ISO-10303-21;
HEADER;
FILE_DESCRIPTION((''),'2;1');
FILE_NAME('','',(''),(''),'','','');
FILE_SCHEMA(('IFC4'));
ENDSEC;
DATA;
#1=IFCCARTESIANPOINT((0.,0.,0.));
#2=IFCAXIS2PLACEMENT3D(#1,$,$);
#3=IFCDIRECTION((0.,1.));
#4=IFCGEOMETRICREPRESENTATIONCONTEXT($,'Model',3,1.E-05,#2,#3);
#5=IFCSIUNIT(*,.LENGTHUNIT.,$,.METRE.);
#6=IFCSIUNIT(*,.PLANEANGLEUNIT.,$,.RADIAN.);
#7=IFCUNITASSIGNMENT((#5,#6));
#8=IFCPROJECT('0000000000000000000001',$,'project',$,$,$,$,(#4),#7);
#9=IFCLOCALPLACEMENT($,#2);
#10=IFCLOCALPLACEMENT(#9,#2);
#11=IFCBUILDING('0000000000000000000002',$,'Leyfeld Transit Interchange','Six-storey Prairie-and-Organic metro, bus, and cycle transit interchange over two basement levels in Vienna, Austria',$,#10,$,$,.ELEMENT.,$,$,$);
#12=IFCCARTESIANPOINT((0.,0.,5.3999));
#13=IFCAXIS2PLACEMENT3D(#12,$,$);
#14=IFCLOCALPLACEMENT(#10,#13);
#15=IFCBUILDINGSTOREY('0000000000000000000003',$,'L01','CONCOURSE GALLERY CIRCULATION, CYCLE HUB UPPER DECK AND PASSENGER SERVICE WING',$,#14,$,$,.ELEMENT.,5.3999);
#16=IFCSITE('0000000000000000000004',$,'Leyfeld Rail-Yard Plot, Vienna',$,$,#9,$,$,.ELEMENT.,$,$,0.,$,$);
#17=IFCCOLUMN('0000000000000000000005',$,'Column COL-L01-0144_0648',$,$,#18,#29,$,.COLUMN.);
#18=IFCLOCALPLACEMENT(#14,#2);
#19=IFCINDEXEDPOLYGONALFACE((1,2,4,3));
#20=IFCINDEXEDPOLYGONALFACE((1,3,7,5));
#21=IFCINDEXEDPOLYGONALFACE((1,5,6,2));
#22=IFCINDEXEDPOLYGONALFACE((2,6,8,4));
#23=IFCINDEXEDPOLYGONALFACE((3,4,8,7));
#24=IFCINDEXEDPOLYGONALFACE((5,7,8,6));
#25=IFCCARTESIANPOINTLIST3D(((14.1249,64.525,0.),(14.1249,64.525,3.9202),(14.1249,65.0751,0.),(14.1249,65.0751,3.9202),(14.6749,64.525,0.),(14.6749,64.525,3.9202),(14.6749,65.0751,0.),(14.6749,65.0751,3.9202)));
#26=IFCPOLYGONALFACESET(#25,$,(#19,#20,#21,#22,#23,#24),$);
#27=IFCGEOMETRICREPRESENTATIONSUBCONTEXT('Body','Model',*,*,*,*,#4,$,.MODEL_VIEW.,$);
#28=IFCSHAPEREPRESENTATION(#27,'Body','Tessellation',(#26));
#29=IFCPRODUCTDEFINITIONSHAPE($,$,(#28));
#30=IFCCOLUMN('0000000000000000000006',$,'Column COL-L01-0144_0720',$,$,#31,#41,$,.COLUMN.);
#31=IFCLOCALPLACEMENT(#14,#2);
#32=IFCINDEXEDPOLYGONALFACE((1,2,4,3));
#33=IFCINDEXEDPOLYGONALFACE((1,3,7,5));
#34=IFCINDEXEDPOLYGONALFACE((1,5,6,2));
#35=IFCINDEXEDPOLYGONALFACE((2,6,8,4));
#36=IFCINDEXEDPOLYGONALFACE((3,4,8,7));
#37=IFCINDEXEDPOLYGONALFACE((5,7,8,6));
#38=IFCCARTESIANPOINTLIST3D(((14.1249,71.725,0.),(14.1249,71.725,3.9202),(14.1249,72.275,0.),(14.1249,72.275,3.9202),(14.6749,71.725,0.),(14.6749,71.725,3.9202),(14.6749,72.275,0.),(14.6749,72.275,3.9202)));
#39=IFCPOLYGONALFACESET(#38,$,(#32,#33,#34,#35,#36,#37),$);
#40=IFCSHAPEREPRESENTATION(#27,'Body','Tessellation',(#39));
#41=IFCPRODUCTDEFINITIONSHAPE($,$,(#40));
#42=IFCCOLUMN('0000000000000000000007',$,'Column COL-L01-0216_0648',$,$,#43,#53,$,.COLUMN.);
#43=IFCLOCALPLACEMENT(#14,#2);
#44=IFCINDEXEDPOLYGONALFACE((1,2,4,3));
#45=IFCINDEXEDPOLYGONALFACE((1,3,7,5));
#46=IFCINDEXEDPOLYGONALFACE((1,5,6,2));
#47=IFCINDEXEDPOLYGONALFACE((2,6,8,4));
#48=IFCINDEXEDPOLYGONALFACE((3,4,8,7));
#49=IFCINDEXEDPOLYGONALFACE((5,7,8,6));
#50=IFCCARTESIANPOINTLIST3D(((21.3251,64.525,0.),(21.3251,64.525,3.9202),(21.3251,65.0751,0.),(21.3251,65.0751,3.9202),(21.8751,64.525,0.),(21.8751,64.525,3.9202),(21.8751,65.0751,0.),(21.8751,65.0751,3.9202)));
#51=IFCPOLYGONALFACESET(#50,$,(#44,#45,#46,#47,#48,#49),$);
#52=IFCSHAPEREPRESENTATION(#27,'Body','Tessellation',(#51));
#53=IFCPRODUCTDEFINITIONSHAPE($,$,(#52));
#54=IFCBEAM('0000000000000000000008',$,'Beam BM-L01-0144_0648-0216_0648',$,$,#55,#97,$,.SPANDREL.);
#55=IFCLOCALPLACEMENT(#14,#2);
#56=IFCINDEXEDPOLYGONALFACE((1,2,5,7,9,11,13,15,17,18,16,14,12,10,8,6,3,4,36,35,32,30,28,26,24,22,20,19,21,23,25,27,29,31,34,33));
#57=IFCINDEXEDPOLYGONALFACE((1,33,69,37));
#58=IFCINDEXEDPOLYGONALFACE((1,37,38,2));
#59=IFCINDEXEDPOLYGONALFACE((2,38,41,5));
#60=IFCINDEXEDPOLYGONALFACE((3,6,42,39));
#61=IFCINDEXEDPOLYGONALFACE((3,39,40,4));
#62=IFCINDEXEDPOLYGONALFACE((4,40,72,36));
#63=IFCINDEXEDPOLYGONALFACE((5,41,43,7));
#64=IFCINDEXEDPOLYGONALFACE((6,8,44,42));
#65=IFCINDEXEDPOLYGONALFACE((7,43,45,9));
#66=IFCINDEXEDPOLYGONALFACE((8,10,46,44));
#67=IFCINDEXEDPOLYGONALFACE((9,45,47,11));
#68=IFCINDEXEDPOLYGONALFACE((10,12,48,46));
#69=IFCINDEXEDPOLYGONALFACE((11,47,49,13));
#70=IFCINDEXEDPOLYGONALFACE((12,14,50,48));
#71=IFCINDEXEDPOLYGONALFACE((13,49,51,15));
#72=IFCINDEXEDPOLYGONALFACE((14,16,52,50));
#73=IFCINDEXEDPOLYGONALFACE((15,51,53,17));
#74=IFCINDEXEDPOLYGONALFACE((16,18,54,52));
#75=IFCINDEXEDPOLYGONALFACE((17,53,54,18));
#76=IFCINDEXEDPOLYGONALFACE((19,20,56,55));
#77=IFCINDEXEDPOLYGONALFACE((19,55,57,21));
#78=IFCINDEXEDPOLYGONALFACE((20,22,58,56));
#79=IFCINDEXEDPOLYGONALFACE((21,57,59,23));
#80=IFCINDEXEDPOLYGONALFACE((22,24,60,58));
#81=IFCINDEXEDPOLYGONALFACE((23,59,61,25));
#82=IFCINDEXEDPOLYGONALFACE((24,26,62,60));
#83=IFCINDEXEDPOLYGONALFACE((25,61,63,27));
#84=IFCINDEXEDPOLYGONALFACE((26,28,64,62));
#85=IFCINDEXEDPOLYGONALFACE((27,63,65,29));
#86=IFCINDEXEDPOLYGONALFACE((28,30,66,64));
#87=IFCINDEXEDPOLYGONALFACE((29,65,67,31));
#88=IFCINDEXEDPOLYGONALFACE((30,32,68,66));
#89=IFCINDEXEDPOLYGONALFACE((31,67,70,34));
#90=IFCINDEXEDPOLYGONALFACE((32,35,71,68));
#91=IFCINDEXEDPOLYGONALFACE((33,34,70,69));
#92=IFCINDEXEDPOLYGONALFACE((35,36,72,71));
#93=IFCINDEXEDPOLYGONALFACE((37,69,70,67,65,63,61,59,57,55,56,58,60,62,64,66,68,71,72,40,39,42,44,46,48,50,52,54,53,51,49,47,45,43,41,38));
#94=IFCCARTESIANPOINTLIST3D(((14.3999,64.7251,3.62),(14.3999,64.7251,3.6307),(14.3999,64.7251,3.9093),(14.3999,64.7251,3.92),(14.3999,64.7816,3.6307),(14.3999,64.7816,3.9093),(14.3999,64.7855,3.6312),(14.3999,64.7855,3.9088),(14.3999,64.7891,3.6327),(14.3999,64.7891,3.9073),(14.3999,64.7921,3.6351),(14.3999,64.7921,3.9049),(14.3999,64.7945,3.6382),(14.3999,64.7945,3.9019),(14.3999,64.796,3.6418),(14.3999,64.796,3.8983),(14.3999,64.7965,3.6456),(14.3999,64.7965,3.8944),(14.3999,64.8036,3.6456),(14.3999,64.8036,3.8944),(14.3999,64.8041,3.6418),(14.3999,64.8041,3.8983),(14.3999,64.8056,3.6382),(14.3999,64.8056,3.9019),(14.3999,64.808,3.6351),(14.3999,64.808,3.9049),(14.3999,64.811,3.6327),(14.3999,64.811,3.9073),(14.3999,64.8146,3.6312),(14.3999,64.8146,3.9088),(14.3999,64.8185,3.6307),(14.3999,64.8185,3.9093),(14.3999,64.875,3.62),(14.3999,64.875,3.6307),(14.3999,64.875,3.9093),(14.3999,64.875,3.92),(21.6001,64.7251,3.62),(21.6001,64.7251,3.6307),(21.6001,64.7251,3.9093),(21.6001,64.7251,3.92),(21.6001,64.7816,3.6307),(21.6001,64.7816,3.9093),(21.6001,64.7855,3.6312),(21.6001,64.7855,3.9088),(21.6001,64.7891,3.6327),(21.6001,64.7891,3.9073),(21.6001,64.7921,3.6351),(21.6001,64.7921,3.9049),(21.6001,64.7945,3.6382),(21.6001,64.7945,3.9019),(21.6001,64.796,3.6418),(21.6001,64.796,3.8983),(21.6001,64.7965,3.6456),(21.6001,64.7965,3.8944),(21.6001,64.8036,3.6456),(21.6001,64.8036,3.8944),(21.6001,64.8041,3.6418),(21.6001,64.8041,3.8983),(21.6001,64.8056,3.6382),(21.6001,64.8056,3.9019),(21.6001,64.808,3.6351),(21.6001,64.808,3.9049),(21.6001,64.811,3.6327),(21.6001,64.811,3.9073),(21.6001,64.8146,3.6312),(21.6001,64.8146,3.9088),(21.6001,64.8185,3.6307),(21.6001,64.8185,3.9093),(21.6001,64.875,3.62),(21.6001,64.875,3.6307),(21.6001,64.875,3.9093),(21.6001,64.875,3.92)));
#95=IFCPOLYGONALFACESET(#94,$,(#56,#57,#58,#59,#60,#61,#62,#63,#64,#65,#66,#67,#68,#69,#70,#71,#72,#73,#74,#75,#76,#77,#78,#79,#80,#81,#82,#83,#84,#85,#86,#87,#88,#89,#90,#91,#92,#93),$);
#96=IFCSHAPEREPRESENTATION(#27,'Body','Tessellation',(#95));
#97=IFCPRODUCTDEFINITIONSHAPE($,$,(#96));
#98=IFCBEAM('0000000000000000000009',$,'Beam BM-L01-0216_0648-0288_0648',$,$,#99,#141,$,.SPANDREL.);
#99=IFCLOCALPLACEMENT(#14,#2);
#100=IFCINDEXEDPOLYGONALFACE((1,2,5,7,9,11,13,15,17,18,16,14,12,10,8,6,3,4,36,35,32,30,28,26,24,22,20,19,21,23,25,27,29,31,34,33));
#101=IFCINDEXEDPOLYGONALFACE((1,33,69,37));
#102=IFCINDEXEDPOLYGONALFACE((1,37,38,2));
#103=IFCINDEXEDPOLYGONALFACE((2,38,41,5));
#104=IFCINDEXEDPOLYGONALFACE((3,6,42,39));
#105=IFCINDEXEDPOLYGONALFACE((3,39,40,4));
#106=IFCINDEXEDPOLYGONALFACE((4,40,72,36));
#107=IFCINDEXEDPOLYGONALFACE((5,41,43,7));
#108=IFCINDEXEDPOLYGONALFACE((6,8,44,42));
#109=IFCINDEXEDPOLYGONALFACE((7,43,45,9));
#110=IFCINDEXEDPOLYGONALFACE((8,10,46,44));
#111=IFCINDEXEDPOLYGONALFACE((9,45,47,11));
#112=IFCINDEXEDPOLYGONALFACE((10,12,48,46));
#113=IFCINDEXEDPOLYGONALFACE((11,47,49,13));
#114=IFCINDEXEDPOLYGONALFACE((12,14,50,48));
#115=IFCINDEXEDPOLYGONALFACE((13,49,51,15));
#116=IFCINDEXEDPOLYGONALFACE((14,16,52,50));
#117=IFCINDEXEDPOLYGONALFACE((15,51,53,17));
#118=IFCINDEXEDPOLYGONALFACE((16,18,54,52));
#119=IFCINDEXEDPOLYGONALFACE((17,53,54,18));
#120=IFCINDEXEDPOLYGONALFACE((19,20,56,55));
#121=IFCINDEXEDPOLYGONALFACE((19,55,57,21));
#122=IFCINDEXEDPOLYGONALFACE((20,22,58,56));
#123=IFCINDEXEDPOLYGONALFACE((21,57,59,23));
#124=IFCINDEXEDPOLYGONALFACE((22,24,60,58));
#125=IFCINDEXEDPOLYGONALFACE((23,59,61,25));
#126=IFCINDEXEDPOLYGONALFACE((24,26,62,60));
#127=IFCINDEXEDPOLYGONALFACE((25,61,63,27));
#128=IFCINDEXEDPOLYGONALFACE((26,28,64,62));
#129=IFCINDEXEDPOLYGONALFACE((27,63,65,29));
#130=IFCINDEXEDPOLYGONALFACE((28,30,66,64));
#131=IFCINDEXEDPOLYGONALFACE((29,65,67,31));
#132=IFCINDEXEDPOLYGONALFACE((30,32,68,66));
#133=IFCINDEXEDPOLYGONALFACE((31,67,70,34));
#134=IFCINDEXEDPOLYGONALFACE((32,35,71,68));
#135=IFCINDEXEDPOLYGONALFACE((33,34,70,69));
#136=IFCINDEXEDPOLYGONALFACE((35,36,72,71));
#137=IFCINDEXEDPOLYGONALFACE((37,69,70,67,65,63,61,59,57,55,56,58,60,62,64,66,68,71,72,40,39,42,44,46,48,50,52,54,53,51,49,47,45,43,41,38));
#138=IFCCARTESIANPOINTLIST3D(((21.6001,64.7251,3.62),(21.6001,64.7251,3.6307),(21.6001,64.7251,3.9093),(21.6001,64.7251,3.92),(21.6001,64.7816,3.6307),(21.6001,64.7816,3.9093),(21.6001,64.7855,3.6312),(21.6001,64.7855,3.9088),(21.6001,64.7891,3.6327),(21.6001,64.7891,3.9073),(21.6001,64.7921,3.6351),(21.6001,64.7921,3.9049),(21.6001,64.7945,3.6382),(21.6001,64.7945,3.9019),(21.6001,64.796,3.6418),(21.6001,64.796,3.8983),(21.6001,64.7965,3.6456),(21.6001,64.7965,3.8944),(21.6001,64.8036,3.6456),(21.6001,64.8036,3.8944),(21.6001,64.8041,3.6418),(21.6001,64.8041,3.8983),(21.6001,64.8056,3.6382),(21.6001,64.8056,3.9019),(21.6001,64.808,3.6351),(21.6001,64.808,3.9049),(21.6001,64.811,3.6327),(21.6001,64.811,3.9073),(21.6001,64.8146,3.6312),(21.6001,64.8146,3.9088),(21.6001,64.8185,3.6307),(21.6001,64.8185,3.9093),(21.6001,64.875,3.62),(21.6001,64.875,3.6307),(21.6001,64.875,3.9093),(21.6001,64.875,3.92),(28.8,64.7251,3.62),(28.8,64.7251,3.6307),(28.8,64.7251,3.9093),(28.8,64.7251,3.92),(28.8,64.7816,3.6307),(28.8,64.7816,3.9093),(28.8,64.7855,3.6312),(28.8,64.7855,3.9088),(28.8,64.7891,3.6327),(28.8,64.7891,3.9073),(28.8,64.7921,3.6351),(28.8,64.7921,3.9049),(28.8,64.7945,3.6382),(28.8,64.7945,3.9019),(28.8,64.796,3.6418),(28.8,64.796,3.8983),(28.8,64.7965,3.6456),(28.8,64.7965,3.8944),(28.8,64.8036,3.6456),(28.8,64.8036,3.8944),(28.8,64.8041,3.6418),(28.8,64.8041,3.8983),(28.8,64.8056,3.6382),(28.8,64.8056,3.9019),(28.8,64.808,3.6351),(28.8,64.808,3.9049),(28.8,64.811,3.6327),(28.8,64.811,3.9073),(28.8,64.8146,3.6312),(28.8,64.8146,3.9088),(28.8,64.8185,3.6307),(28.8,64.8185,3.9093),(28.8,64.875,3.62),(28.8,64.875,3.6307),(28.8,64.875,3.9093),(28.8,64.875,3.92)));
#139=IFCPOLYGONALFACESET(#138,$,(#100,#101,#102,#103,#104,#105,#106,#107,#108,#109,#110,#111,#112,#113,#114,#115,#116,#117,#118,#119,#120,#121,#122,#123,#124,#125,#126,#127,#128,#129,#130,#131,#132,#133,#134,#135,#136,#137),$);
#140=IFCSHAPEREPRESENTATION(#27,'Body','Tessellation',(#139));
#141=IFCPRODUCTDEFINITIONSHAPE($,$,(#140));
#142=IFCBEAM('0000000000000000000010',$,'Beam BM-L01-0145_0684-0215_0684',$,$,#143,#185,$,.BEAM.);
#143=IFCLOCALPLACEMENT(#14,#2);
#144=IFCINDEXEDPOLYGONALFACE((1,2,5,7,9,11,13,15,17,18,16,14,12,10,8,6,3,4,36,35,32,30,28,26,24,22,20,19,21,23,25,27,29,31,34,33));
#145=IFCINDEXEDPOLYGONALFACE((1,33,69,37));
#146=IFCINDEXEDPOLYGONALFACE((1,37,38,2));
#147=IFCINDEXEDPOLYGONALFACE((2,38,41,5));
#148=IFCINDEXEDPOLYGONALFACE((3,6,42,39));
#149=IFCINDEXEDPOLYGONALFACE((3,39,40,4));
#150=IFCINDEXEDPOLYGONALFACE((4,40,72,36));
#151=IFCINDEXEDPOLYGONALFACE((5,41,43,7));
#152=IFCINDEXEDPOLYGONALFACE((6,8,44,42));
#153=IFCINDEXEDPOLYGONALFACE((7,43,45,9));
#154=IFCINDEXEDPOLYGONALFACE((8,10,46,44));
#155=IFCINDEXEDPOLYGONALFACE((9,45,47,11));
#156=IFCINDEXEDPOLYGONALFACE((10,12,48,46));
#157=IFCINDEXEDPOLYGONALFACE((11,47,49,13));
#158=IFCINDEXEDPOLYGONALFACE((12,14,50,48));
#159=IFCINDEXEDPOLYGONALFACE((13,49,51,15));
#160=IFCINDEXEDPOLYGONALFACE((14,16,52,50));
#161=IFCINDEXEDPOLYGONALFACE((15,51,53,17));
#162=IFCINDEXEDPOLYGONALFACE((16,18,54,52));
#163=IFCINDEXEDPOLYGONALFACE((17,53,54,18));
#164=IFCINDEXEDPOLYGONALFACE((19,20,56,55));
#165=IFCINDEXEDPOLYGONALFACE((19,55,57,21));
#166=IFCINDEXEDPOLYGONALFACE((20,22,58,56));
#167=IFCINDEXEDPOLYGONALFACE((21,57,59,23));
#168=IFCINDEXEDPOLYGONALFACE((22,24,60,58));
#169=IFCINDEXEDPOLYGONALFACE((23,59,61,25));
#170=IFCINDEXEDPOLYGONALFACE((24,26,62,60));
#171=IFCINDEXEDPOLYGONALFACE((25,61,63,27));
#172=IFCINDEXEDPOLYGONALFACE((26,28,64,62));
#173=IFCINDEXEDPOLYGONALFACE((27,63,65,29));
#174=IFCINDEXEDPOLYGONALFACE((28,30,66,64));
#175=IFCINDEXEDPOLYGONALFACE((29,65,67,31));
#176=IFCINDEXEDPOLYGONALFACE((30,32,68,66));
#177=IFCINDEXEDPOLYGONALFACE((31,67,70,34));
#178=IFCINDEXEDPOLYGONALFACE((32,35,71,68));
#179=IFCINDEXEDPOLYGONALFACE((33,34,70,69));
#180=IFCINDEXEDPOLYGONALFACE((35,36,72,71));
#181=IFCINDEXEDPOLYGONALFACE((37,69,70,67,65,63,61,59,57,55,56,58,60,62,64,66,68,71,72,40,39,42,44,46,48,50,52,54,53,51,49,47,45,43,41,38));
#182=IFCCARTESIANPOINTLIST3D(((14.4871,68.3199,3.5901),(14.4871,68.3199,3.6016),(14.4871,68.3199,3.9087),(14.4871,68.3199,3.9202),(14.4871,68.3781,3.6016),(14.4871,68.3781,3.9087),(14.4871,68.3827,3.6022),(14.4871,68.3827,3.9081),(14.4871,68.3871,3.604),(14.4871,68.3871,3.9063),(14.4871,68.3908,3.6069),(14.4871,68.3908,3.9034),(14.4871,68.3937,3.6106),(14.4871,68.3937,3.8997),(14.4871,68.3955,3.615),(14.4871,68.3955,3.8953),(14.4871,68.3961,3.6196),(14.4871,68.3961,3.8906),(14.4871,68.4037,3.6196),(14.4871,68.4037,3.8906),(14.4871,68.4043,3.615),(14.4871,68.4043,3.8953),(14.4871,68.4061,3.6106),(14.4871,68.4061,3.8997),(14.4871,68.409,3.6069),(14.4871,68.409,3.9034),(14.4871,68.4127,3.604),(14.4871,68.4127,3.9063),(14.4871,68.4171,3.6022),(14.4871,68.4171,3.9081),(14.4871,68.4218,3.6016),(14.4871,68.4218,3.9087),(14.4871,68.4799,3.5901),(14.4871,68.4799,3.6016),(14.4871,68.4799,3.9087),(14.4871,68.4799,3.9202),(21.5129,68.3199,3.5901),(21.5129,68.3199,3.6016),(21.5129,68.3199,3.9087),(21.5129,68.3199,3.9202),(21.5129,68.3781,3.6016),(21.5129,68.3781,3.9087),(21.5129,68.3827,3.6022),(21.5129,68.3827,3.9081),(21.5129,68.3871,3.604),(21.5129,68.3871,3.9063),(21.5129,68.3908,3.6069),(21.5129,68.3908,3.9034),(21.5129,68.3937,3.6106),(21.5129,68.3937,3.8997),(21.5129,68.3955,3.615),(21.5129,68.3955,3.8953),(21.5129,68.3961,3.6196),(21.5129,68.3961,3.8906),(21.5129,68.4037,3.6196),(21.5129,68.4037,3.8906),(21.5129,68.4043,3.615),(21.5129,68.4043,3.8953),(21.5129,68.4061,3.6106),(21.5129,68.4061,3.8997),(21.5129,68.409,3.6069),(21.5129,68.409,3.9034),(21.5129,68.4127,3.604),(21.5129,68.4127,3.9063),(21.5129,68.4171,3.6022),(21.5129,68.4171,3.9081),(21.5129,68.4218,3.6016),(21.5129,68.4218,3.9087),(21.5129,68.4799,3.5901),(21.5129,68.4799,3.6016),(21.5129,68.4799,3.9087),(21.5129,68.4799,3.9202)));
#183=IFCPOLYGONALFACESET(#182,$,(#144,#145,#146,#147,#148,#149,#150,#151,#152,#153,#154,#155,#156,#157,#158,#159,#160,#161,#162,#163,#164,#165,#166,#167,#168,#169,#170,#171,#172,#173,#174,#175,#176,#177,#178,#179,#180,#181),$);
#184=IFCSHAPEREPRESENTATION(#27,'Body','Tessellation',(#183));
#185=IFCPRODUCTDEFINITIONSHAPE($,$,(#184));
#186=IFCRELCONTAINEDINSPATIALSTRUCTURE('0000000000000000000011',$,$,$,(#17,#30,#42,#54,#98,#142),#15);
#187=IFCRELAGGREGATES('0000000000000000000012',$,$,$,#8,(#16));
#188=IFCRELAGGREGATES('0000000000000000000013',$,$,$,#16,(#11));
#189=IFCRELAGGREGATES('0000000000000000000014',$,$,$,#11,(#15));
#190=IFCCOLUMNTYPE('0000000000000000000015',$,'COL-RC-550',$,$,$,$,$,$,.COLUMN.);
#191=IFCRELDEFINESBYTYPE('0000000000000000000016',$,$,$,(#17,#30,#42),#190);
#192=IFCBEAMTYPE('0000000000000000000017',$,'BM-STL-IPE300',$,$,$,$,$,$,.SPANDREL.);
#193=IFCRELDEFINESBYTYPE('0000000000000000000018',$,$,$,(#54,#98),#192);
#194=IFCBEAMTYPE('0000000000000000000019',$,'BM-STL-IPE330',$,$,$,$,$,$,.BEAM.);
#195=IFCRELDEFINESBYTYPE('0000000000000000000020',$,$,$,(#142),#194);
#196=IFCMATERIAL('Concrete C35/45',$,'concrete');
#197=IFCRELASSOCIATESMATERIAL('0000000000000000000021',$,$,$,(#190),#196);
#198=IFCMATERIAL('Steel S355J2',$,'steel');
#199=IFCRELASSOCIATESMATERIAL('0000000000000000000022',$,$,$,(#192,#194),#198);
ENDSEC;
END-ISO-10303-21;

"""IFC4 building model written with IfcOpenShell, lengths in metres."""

from ifc_helpers import new_model, si_unit, direction, frame, origin, origin_2d, place, context, subcontext, project, spatial, rectangle, i_section, extrude, material, material_profile, profile_set, type_object, element, save


model = new_model("IFC4")

# Units and contexts
model_context = context("Model", 3, precision=1e-05, world=origin(), true_north=direction((0.0, 1.0)))
body_context = subcontext(model_context, "Body", "Model", "MODEL_VIEW")
ifc_project = project(units=[si_unit("LENGTHUNIT", "METRE"), si_unit("PLANEANGLEUNIT", "RADIAN")], contexts=[model_context])

# Site, building, storey
site_placement = place(None, origin())
site = spatial("IfcSite", under=ifc_project, at=site_placement, Name="Leyfeld Rail-Yard Plot, Vienna", CompositionType="ELEMENT", RefElevation=0.0)
building_placement = place(site_placement, origin())
building = spatial("IfcBuilding", under=site, at=building_placement, Name="Leyfeld Transit Interchange", Description="Six-storey Prairie-and-Organic metro, bus, and cycle transit interchange over two basement levels in Vienna, Austria", CompositionType="ELEMENT")
storey_placement = place(building_placement, frame((0.0, 0.0, 5.3999)))
storey = spatial("IfcBuildingStorey", under=building, at=storey_placement, Name="L01", Description="CONCOURSE GALLERY CIRCULATION, CYCLE HUB UPPER DECK AND PASSENGER SERVICE WING", CompositionType="ELEMENT", Elevation=5.3999)

# Columns
ifc_material_1 = material(Name="Concrete C35/45", Category="concrete")
ifc_material_profile_1 = material_profile(ifc_material_1, rectangle(XDim=0.55, YDim=0.55, at=origin_2d()), Name="RC 550x550")
ifc_profile_set_1 = profile_set([ifc_material_profile_1], Name="Concrete C35/45")
column_type = type_object("IfcColumnType", Name="COL-RC-550", PredefinedType="COLUMN", material=ifc_profile_set_1)
for number, where, z_axis, x_axis, name in (
    (1, (14.3999, 64.8, 0.0), (0.0, 0.0, 1.0), (1.0, 0.0, 0.0), "Column COL-L01-0144_0648"),
    (2, (14.3999, 72.0, 0.0), (0.0, 0.0, 1.0), (1.0, 0.0, 0.0), "Column COL-L01-0144_0720"),
    (3, (21.6001, 64.8, 0.0), (0.0, 0.0, 1.0), (1.0, 0.0, 0.0), "Column COL-L01-0216_0648"),
):
    element("IfcColumn", number, at=place(storey_placement, frame(where, z_axis=z_axis, x_axis=x_axis)), inside=storey, type_object=column_type, Name=name, PredefinedType="COLUMN", context=body_context, shape_type="SweptSolid", body=[
        extrude(rectangle(XDim=0.55, YDim=0.55, at=origin_2d()), origin(), (0.0, 0.0, 1.0), 3.9202),
    ])

# Beams
ifc_material_2 = material(Name="Steel S355J2", Category="steel")
ifc_material_profile_2 = material_profile(ifc_material_2, i_section(OverallWidth=0.1499, OverallDepth=0.3, WebThickness=0.0071, FlangeThickness=0.0107, FilletRadius=0.0149, at=origin_2d()), Name="IPE 300")
ifc_profile_set_2 = profile_set([ifc_material_profile_2], Name="Steel S355J2")
beam_type_1 = type_object("IfcBeamType", Name="BM-STL-IPE300", PredefinedType="SPANDREL", material=ifc_profile_set_2)
beam_1_placement = place(storey_placement, frame((14.3999, 64.8, 3.77), z_axis=(1.0, 0.0, 0.0), x_axis=(0.0, 1.0, 0.0)))
element("IfcBeam", 4, at=beam_1_placement, inside=storey, type_object=beam_type_1, Name="Beam BM-L01-0144_0648-0216_0648", PredefinedType="SPANDREL", context=body_context, shape_type="SweptSolid", body=[
    extrude(i_section(OverallWidth=0.1499, OverallDepth=0.3, WebThickness=0.0071, FlangeThickness=0.0107, FilletRadius=0.0149, at=origin_2d()), origin(), (0.0, 0.0, 1.0), 7.2002),
])
beam_2_placement = place(storey_placement, frame((21.6001, 64.8, 3.77), z_axis=(1.0, 0.0, 0.0), x_axis=(0.0, 1.0, 0.0)))
element("IfcBeam", 5, at=beam_2_placement, inside=storey, type_object=beam_type_1, Name="Beam BM-L01-0216_0648-0288_0648", PredefinedType="SPANDREL", context=body_context, shape_type="SweptSolid", body=[
    extrude(i_section(OverallWidth=0.1499, OverallDepth=0.3, WebThickness=0.0071, FlangeThickness=0.0107, FilletRadius=0.0149, at=origin_2d()), origin(), (0.0, 0.0, 1.0), 7.2),
])
ifc_material_profile_3 = material_profile(ifc_material_2, i_section(OverallWidth=0.1599, OverallDepth=0.3301, WebThickness=0.0076, FlangeThickness=0.0115, FilletRadius=0.0181, at=origin_2d()), Name="IPE 330")
ifc_profile_set_3 = profile_set([ifc_material_profile_3], Name="Steel S355J2")
beam_type_2 = type_object("IfcBeamType", Name="BM-STL-IPE330", PredefinedType="BEAM", material=ifc_profile_set_3)
for number, where, z_axis, x_axis, name in (
    (6, (14.4871, 68.3999, 3.7551), (1.0, 0.0, 0.0), (0.0, 1.0, 0.0), "Beam BM-L01-0145_0684-0215_0684"),
):
    element("IfcBeam", number, at=place(storey_placement, frame(where, z_axis=z_axis, x_axis=x_axis)), inside=storey, type_object=beam_type_2, Name=name, PredefinedType="BEAM", context=body_context, shape_type="SweptSolid", body=[
        extrude(i_section(OverallWidth=0.1599, OverallDepth=0.3301, WebThickness=0.0076, FlangeThickness=0.0115, FilletRadius=0.0181, at=origin_2d()), origin(), (0.0, 0.0, 1.0), 7.0259),
    ])

save(model, "model.ifc")
